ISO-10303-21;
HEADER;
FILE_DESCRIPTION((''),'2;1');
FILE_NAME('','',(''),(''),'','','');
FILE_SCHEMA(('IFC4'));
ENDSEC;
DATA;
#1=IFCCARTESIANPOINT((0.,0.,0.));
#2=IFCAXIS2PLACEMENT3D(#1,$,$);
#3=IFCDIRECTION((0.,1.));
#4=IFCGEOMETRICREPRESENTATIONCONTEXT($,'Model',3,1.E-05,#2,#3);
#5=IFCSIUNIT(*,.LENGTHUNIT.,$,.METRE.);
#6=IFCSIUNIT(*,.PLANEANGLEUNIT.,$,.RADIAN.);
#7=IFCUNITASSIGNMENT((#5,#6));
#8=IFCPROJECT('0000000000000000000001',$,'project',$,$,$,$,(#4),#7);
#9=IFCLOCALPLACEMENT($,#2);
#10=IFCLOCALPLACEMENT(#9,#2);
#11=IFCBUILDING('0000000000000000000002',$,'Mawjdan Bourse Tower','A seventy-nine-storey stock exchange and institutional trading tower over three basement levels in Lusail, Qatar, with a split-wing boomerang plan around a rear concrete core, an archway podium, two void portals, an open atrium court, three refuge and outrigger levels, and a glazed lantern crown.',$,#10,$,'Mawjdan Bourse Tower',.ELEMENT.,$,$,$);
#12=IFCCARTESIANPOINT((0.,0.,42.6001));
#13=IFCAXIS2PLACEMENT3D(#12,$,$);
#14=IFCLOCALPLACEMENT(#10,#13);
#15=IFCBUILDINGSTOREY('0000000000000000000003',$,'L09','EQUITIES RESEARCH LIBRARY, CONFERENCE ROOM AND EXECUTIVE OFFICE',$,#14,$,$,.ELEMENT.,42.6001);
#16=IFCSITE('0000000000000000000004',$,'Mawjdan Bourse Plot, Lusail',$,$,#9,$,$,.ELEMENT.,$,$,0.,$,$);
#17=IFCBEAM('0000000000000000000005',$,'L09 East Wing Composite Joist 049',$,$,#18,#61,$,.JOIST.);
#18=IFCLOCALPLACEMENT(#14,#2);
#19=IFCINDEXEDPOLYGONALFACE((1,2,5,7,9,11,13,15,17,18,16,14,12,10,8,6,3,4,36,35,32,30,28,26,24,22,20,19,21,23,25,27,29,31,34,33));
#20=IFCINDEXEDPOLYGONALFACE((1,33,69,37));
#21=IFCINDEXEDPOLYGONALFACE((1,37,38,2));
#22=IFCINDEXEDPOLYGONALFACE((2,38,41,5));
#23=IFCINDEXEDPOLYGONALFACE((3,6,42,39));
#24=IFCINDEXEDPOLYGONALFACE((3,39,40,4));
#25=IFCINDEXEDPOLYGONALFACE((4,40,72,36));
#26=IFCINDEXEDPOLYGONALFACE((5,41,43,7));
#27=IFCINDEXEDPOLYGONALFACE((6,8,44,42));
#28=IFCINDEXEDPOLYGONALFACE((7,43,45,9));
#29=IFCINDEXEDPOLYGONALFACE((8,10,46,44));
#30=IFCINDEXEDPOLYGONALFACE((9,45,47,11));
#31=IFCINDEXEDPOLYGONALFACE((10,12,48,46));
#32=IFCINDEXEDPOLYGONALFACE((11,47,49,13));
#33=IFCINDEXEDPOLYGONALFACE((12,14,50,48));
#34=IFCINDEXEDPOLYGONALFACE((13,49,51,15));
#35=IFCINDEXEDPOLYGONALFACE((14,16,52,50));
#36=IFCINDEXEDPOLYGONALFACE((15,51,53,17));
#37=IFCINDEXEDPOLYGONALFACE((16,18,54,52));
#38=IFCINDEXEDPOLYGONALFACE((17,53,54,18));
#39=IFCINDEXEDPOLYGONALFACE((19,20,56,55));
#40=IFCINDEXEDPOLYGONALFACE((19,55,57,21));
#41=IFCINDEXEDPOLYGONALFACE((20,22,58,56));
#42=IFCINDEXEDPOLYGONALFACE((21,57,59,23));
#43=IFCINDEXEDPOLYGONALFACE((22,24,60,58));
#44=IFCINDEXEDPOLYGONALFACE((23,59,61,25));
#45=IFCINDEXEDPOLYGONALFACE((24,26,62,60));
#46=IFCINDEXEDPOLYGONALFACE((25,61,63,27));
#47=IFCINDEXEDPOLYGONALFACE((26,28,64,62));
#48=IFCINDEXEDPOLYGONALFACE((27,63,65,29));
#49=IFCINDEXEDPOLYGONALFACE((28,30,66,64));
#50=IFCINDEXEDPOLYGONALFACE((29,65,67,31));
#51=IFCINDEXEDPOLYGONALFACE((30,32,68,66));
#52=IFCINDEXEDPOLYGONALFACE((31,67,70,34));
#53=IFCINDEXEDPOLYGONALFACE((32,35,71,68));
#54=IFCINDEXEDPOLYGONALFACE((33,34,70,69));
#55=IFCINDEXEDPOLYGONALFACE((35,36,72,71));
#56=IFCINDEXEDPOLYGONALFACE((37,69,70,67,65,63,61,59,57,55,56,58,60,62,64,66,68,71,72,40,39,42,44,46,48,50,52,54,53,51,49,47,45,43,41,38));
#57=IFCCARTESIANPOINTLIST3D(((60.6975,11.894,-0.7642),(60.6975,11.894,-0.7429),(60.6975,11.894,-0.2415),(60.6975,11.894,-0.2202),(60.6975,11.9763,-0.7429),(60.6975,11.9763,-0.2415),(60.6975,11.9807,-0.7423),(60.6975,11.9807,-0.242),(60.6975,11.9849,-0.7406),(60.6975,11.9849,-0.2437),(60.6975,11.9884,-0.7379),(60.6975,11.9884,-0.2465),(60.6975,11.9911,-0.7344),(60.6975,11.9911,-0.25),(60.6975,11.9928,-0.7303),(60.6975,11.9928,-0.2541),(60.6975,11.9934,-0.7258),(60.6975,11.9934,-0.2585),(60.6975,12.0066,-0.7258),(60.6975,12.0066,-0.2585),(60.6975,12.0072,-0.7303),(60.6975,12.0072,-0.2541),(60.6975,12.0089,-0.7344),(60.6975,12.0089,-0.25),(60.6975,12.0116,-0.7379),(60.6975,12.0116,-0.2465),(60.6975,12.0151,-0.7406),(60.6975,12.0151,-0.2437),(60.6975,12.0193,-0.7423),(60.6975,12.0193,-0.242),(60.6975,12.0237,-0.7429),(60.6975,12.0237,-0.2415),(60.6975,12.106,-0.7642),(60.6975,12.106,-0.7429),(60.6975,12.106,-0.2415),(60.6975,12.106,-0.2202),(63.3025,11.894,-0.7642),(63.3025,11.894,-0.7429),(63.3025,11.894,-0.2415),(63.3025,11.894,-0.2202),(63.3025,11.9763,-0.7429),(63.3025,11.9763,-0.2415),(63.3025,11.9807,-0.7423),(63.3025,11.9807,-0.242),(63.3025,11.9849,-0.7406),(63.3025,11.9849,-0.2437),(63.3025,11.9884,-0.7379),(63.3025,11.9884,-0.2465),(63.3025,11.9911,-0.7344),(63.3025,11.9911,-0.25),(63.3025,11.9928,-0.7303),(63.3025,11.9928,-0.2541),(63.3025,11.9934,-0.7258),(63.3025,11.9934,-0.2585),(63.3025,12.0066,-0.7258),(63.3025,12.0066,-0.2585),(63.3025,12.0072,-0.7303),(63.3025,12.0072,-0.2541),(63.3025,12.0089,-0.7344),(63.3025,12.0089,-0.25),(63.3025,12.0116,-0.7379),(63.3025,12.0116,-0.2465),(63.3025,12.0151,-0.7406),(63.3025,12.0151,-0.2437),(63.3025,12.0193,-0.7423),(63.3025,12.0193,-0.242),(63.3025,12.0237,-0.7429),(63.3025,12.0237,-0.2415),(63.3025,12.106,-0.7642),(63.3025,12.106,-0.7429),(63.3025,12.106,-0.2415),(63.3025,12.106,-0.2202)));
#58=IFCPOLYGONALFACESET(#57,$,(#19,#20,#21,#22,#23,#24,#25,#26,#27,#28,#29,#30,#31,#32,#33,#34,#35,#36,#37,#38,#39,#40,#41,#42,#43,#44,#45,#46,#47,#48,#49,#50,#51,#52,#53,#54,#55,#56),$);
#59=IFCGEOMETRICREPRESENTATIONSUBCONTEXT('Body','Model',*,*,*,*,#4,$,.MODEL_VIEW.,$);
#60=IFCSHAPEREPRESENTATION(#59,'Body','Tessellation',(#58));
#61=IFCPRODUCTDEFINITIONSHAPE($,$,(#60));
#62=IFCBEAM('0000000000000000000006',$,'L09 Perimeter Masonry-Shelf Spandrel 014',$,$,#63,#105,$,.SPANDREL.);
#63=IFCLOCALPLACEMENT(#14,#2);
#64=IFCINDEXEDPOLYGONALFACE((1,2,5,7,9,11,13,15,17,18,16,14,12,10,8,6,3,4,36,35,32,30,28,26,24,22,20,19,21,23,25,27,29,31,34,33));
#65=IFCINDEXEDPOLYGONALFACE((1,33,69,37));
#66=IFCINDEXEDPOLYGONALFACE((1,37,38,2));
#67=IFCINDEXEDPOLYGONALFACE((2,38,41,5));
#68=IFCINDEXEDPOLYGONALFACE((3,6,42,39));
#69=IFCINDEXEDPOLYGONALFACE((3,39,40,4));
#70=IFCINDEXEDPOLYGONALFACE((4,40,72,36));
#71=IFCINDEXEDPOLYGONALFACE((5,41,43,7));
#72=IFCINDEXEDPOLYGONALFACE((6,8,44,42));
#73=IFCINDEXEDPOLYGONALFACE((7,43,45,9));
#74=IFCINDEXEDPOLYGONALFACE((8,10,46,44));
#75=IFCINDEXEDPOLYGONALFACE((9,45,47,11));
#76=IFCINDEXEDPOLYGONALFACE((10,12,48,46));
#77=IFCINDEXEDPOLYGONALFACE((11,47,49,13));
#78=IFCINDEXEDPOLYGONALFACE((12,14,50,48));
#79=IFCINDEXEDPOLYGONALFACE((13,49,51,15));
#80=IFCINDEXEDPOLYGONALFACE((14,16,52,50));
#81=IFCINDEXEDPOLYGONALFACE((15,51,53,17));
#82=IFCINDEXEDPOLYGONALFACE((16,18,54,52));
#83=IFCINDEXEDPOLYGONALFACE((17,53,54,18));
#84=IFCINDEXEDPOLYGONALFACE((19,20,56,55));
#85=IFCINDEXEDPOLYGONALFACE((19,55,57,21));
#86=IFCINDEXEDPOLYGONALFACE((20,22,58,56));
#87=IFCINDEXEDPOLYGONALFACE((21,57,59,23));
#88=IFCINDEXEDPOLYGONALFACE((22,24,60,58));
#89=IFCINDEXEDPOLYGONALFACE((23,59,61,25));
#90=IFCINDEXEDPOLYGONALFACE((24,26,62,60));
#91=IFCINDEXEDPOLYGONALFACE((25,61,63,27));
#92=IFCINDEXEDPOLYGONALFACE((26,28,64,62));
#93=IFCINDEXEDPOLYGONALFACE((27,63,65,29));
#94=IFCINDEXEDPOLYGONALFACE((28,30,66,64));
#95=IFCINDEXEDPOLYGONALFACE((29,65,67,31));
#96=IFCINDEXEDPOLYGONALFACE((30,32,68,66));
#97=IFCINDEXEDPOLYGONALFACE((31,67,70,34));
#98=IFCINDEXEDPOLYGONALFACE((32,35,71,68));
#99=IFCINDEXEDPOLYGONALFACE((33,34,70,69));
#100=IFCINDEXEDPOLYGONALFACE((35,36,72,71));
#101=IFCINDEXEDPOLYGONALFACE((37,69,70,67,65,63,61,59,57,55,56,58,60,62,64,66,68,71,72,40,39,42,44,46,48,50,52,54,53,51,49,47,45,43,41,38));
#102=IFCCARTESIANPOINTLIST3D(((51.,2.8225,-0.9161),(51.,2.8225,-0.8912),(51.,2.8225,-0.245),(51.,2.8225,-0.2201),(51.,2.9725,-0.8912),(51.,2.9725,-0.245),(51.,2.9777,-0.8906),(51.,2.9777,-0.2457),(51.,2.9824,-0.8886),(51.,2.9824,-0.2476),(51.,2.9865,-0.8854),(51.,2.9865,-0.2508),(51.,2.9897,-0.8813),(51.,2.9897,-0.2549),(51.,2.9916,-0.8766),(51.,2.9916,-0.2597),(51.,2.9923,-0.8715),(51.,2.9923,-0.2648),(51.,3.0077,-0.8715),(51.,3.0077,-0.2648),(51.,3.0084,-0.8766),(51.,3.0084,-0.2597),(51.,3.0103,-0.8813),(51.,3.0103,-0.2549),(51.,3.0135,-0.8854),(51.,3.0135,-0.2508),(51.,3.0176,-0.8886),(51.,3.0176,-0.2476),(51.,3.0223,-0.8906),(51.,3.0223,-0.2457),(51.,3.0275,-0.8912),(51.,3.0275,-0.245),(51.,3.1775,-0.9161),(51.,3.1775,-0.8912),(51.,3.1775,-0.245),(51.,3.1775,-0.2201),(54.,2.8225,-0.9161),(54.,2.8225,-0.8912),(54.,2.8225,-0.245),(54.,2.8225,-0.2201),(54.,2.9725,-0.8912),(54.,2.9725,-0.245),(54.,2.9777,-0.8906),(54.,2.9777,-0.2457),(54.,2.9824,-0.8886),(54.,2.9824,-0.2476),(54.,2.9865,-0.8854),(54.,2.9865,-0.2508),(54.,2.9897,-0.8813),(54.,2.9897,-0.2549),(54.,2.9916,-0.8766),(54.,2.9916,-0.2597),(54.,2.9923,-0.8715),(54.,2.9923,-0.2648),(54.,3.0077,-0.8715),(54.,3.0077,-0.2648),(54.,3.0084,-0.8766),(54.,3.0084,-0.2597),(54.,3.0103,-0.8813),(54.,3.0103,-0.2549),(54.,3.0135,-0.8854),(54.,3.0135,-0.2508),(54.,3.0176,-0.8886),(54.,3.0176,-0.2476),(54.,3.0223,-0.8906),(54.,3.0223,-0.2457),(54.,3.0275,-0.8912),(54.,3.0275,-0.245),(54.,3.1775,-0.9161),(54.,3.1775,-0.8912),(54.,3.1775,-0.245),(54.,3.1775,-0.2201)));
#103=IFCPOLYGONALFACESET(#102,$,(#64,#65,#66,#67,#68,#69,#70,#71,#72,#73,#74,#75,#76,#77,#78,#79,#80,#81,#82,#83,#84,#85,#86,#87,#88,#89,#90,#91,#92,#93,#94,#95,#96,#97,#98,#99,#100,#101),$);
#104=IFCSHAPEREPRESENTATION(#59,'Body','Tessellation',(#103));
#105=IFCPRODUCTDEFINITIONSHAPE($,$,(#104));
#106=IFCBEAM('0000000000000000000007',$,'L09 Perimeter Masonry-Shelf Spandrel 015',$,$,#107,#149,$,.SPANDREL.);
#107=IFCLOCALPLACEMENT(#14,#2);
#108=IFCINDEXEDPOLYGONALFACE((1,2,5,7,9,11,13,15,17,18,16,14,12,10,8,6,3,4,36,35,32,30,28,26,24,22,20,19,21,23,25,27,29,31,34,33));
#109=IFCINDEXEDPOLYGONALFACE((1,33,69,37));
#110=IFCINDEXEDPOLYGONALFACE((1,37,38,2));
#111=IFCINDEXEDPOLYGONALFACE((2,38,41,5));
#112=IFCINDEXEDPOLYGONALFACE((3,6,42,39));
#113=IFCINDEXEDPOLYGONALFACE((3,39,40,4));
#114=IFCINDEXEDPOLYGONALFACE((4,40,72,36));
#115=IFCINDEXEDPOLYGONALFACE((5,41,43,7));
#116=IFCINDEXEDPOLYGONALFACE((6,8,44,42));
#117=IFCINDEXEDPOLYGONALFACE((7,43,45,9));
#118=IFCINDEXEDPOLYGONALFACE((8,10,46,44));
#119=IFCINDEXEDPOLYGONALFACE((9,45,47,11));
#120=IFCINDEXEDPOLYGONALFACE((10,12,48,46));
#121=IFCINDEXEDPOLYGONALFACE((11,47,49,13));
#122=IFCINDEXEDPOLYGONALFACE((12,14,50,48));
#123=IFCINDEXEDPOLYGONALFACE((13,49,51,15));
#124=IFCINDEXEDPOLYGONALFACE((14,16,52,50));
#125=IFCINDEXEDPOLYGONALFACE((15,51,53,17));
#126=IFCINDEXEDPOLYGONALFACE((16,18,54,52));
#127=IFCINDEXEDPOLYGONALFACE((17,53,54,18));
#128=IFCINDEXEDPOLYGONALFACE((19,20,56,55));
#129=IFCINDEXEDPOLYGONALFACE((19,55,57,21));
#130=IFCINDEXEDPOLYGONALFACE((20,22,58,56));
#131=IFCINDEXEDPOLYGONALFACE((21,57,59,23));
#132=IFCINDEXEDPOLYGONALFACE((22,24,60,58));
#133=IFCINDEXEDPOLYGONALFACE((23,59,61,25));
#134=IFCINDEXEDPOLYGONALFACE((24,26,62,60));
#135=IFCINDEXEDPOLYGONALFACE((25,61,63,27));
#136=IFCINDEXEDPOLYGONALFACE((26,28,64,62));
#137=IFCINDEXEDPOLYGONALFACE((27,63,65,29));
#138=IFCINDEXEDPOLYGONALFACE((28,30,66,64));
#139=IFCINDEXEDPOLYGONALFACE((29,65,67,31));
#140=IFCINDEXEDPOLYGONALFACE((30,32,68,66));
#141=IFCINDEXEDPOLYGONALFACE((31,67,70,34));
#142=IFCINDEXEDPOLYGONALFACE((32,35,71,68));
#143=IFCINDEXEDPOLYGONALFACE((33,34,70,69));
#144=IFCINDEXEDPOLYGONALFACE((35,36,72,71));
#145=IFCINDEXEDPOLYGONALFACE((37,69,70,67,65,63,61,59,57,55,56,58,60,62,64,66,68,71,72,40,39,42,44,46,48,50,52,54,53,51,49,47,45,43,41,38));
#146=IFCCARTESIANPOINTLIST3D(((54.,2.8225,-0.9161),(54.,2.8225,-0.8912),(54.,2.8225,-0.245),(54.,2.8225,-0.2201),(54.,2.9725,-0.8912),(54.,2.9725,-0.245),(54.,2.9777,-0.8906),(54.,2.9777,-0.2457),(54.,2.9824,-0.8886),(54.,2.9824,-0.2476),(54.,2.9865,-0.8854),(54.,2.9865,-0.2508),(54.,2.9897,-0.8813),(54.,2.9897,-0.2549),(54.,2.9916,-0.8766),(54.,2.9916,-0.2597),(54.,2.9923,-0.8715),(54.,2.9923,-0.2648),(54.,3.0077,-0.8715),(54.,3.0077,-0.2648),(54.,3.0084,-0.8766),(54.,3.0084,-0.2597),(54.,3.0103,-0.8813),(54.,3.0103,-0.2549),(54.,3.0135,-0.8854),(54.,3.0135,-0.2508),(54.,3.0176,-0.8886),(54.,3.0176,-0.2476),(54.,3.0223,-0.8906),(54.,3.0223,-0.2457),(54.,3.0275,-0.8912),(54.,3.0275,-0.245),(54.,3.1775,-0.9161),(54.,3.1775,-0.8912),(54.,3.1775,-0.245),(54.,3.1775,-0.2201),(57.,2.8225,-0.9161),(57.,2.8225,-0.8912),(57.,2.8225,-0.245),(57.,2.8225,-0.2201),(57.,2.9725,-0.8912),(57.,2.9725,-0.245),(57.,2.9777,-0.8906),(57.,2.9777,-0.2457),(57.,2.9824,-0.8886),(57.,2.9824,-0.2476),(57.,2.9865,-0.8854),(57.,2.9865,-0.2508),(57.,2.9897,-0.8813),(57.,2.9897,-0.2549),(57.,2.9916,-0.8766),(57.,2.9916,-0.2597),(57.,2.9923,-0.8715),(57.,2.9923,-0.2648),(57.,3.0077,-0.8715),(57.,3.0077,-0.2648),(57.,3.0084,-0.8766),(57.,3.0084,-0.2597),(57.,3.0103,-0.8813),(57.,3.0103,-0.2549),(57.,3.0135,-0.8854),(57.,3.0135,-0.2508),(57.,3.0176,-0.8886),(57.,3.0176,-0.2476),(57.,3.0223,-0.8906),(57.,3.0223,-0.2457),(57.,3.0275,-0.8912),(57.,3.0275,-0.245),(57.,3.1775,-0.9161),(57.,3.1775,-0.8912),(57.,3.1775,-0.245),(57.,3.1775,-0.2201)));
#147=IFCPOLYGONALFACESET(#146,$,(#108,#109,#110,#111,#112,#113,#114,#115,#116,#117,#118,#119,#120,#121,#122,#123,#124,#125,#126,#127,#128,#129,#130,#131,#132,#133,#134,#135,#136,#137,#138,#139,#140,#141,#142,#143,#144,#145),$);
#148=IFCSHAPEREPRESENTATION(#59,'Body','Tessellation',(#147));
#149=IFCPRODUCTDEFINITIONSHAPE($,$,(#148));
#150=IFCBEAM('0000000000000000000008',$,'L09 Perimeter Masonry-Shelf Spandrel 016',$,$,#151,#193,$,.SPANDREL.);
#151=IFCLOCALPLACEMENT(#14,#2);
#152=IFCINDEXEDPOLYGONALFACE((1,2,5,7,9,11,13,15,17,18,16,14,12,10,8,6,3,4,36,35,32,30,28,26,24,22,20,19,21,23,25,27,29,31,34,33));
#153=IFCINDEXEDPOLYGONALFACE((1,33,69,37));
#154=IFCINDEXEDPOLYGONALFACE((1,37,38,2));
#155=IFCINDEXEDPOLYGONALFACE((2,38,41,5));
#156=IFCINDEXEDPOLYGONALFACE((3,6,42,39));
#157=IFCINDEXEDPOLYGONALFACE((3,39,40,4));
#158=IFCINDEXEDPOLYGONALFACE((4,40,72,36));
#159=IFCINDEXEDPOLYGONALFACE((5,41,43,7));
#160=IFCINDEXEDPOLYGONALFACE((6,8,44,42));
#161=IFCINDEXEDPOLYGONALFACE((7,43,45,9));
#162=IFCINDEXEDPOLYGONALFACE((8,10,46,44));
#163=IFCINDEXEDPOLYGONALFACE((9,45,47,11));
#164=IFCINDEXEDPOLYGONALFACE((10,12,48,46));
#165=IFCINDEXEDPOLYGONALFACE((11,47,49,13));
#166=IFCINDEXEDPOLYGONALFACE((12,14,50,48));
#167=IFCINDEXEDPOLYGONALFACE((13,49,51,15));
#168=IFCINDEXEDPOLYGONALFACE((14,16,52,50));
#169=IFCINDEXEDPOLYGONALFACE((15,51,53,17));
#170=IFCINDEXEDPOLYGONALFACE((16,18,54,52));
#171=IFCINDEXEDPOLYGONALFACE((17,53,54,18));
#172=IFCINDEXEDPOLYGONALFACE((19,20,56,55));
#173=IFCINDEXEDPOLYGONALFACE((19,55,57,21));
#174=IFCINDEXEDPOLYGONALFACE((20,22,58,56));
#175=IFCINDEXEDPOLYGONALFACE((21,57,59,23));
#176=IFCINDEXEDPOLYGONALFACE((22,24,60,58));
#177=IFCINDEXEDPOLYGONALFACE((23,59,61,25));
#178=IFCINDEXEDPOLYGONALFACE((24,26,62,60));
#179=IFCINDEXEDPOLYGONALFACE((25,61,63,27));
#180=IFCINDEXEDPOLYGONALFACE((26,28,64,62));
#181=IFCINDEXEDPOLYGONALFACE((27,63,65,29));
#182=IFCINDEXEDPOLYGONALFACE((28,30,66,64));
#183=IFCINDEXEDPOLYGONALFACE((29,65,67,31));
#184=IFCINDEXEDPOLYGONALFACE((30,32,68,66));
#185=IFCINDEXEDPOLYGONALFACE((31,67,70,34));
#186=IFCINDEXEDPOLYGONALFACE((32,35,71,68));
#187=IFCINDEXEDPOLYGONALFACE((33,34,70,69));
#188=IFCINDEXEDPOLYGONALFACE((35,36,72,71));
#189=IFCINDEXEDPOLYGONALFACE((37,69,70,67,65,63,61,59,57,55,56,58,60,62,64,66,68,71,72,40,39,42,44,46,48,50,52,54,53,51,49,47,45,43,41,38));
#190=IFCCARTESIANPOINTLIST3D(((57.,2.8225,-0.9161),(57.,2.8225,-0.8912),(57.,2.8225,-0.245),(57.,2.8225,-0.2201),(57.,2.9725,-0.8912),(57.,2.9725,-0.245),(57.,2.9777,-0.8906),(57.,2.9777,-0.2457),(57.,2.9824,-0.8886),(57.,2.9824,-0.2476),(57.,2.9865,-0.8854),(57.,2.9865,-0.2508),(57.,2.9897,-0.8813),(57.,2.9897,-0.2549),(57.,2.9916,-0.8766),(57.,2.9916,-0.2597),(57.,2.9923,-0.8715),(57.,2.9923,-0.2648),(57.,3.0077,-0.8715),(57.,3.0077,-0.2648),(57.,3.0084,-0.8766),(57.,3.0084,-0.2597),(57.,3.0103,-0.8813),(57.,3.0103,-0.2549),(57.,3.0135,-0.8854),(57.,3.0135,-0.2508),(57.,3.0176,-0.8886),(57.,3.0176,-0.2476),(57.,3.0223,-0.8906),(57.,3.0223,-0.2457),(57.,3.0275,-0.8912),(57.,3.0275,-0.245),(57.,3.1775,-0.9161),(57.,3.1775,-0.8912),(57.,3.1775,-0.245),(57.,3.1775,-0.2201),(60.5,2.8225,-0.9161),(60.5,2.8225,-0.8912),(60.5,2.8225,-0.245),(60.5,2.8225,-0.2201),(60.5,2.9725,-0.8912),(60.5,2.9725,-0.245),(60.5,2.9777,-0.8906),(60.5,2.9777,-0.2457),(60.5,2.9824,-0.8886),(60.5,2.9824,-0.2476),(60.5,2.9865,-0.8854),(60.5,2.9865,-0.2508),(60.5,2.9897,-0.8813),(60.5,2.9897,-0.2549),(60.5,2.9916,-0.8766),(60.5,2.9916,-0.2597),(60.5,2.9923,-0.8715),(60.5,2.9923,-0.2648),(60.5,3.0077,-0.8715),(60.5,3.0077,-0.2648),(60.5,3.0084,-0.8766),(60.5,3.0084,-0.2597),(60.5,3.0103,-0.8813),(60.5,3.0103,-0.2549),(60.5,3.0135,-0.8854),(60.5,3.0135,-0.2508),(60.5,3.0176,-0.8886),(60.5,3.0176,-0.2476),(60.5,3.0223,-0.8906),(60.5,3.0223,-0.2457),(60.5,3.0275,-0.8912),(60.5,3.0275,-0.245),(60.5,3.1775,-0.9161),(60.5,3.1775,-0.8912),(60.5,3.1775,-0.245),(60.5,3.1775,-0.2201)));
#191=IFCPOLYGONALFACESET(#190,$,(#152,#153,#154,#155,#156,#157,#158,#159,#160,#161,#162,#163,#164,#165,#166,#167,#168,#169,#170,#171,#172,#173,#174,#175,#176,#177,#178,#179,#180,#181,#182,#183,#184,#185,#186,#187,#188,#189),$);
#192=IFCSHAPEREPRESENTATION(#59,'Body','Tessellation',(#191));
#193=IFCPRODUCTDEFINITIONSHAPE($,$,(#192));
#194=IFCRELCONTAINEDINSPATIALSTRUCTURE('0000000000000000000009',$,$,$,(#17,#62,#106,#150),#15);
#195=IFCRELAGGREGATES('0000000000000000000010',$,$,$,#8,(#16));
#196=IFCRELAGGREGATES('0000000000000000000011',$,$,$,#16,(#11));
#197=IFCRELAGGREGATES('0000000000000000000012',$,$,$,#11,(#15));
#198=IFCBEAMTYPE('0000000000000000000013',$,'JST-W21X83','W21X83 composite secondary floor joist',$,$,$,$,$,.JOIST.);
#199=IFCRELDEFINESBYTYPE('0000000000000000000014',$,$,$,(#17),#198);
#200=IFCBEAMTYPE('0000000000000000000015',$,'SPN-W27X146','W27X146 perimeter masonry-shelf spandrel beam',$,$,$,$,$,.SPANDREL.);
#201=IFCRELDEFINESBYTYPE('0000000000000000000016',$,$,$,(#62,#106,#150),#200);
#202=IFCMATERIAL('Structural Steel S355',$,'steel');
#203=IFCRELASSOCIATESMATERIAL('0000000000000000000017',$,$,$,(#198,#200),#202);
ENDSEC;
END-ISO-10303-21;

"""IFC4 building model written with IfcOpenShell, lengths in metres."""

from ifc_helpers import new_model, si_unit, direction, frame, origin, origin_2d, place, context, subcontext, project, spatial, i_section, extrude, material, material_profile, profile_set, type_object, element, save


model = new_model("IFC4")

# Units and contexts
model_context = context("Model", 3, precision=1e-05, world=origin(), true_north=direction((0.0, 1.0)))
body_context = subcontext(model_context, "Body", "Model", "MODEL_VIEW")
ifc_project = project(units=[si_unit("LENGTHUNIT", "METRE"), si_unit("PLANEANGLEUNIT", "RADIAN")], contexts=[model_context])

# Site, building, storey
site_placement = place(None, origin())
site = spatial("IfcSite", under=ifc_project, at=site_placement, Name="Mawjdan Bourse Plot, Lusail", CompositionType="ELEMENT", RefElevation=0.0)
building_placement = place(site_placement, origin())
building = spatial("IfcBuilding", under=site, at=building_placement, Name="Mawjdan Bourse Tower", Description="A seventy-nine-storey stock exchange and institutional trading tower over three basement levels in Lusail, Qatar, with a split-wing boomerang plan around a rear concrete core, an archway podium, two void portals, an open atrium court, three refuge and outrigger levels, and a glazed lantern crown.", LongName="Mawjdan Bourse Tower", CompositionType="ELEMENT")
storey_placement = place(building_placement, frame((0.0, 0.0, 42.6001)))
storey = spatial("IfcBuildingStorey", under=building, at=storey_placement, Name="L09", Description="EQUITIES RESEARCH LIBRARY, CONFERENCE ROOM AND EXECUTIVE OFFICE", CompositionType="ELEMENT", Elevation=42.6001)

# Beams
ifc_material_1 = material(Name="Structural Steel S355", Category="steel")
ifc_material_profile_1 = material_profile(ifc_material_1, i_section(OverallWidth=0.2119, OverallDepth=0.5439, WebThickness=0.0132, FlangeThickness=0.0212, FilletRadius=0.0171, at=origin_2d()), Name="W21X83")
ifc_profile_set_1 = profile_set([ifc_material_profile_1], Name="Structural Steel S355")
beam_type_1 = type_object("IfcBeamType", Name="JST-W21X83", Description="W21X83 composite secondary floor joist", PredefinedType="JOIST", material=ifc_profile_set_1)
beam_1_placement = place(storey_placement, frame((60.6975, 12.0, -0.4922), z_axis=(1.0, 0.0, 0.0), x_axis=(0.0, 1.0, 0.0)))
element("IfcBeam", 1, at=beam_1_placement, inside=storey, type_object=beam_type_1, Name="L09 East Wing Composite Joist 049", PredefinedType="JOIST", context=body_context, shape_type="SweptSolid", body=[
    extrude(i_section(OverallWidth=0.2119, OverallDepth=0.5439, WebThickness=0.0132, FlangeThickness=0.0212, FilletRadius=0.0171, at=origin_2d()), origin(), (0.0, 0.0, 1.0), 2.605),
])
ifc_material_profile_2 = material_profile(ifc_material_1, i_section(OverallWidth=0.355, OverallDepth=0.696, WebThickness=0.0154, FlangeThickness=0.0249, FilletRadius=0.0198, at=origin_2d()), Name="W27X146")
ifc_profile_set_2 = profile_set([ifc_material_profile_2], Name="Structural Steel S355")
beam_type_2 = type_object("IfcBeamType", Name="SPN-W27X146", Description="W27X146 perimeter masonry-shelf spandrel beam", PredefinedType="SPANDREL", material=ifc_profile_set_2)
for number, where, z_axis, x_axis, name in (
    (2, (51.0, 3.0, -0.5681), (1.0, 0.0, 0.0), (0.0, 1.0, 0.0), "L09 Perimeter Masonry-Shelf Spandrel 014"),
    (3, (54.0, 3.0, -0.5681), (1.0, 0.0, 0.0), (0.0, 1.0, 0.0), "L09 Perimeter Masonry-Shelf Spandrel 015"),
):
    element("IfcBeam", number, at=place(storey_placement, frame(where, z_axis=z_axis, x_axis=x_axis)), inside=storey, type_object=beam_type_2, Name=name, PredefinedType="SPANDREL", context=body_context, shape_type="SweptSolid", body=[
        extrude(i_section(OverallWidth=0.355, OverallDepth=0.696, WebThickness=0.0154, FlangeThickness=0.0249, FilletRadius=0.0198, at=origin_2d()), origin(), (0.0, 0.0, 1.0), 3.0),
    ])
beam_2_placement = place(storey_placement, frame((57.0, 3.0, -0.5681), z_axis=(1.0, 0.0, 0.0), x_axis=(0.0, 1.0, 0.0)))
element("IfcBeam", 4, at=beam_2_placement, inside=storey, type_object=beam_type_2, Name="L09 Perimeter Masonry-Shelf Spandrel 016", PredefinedType="SPANDREL", context=body_context, shape_type="SweptSolid", body=[
    extrude(i_section(OverallWidth=0.355, OverallDepth=0.696, WebThickness=0.0154, FlangeThickness=0.0249, FilletRadius=0.0198, at=origin_2d()), origin(), (0.0, 0.0, 1.0), 3.5),
])

save(model, "model.ifc")
